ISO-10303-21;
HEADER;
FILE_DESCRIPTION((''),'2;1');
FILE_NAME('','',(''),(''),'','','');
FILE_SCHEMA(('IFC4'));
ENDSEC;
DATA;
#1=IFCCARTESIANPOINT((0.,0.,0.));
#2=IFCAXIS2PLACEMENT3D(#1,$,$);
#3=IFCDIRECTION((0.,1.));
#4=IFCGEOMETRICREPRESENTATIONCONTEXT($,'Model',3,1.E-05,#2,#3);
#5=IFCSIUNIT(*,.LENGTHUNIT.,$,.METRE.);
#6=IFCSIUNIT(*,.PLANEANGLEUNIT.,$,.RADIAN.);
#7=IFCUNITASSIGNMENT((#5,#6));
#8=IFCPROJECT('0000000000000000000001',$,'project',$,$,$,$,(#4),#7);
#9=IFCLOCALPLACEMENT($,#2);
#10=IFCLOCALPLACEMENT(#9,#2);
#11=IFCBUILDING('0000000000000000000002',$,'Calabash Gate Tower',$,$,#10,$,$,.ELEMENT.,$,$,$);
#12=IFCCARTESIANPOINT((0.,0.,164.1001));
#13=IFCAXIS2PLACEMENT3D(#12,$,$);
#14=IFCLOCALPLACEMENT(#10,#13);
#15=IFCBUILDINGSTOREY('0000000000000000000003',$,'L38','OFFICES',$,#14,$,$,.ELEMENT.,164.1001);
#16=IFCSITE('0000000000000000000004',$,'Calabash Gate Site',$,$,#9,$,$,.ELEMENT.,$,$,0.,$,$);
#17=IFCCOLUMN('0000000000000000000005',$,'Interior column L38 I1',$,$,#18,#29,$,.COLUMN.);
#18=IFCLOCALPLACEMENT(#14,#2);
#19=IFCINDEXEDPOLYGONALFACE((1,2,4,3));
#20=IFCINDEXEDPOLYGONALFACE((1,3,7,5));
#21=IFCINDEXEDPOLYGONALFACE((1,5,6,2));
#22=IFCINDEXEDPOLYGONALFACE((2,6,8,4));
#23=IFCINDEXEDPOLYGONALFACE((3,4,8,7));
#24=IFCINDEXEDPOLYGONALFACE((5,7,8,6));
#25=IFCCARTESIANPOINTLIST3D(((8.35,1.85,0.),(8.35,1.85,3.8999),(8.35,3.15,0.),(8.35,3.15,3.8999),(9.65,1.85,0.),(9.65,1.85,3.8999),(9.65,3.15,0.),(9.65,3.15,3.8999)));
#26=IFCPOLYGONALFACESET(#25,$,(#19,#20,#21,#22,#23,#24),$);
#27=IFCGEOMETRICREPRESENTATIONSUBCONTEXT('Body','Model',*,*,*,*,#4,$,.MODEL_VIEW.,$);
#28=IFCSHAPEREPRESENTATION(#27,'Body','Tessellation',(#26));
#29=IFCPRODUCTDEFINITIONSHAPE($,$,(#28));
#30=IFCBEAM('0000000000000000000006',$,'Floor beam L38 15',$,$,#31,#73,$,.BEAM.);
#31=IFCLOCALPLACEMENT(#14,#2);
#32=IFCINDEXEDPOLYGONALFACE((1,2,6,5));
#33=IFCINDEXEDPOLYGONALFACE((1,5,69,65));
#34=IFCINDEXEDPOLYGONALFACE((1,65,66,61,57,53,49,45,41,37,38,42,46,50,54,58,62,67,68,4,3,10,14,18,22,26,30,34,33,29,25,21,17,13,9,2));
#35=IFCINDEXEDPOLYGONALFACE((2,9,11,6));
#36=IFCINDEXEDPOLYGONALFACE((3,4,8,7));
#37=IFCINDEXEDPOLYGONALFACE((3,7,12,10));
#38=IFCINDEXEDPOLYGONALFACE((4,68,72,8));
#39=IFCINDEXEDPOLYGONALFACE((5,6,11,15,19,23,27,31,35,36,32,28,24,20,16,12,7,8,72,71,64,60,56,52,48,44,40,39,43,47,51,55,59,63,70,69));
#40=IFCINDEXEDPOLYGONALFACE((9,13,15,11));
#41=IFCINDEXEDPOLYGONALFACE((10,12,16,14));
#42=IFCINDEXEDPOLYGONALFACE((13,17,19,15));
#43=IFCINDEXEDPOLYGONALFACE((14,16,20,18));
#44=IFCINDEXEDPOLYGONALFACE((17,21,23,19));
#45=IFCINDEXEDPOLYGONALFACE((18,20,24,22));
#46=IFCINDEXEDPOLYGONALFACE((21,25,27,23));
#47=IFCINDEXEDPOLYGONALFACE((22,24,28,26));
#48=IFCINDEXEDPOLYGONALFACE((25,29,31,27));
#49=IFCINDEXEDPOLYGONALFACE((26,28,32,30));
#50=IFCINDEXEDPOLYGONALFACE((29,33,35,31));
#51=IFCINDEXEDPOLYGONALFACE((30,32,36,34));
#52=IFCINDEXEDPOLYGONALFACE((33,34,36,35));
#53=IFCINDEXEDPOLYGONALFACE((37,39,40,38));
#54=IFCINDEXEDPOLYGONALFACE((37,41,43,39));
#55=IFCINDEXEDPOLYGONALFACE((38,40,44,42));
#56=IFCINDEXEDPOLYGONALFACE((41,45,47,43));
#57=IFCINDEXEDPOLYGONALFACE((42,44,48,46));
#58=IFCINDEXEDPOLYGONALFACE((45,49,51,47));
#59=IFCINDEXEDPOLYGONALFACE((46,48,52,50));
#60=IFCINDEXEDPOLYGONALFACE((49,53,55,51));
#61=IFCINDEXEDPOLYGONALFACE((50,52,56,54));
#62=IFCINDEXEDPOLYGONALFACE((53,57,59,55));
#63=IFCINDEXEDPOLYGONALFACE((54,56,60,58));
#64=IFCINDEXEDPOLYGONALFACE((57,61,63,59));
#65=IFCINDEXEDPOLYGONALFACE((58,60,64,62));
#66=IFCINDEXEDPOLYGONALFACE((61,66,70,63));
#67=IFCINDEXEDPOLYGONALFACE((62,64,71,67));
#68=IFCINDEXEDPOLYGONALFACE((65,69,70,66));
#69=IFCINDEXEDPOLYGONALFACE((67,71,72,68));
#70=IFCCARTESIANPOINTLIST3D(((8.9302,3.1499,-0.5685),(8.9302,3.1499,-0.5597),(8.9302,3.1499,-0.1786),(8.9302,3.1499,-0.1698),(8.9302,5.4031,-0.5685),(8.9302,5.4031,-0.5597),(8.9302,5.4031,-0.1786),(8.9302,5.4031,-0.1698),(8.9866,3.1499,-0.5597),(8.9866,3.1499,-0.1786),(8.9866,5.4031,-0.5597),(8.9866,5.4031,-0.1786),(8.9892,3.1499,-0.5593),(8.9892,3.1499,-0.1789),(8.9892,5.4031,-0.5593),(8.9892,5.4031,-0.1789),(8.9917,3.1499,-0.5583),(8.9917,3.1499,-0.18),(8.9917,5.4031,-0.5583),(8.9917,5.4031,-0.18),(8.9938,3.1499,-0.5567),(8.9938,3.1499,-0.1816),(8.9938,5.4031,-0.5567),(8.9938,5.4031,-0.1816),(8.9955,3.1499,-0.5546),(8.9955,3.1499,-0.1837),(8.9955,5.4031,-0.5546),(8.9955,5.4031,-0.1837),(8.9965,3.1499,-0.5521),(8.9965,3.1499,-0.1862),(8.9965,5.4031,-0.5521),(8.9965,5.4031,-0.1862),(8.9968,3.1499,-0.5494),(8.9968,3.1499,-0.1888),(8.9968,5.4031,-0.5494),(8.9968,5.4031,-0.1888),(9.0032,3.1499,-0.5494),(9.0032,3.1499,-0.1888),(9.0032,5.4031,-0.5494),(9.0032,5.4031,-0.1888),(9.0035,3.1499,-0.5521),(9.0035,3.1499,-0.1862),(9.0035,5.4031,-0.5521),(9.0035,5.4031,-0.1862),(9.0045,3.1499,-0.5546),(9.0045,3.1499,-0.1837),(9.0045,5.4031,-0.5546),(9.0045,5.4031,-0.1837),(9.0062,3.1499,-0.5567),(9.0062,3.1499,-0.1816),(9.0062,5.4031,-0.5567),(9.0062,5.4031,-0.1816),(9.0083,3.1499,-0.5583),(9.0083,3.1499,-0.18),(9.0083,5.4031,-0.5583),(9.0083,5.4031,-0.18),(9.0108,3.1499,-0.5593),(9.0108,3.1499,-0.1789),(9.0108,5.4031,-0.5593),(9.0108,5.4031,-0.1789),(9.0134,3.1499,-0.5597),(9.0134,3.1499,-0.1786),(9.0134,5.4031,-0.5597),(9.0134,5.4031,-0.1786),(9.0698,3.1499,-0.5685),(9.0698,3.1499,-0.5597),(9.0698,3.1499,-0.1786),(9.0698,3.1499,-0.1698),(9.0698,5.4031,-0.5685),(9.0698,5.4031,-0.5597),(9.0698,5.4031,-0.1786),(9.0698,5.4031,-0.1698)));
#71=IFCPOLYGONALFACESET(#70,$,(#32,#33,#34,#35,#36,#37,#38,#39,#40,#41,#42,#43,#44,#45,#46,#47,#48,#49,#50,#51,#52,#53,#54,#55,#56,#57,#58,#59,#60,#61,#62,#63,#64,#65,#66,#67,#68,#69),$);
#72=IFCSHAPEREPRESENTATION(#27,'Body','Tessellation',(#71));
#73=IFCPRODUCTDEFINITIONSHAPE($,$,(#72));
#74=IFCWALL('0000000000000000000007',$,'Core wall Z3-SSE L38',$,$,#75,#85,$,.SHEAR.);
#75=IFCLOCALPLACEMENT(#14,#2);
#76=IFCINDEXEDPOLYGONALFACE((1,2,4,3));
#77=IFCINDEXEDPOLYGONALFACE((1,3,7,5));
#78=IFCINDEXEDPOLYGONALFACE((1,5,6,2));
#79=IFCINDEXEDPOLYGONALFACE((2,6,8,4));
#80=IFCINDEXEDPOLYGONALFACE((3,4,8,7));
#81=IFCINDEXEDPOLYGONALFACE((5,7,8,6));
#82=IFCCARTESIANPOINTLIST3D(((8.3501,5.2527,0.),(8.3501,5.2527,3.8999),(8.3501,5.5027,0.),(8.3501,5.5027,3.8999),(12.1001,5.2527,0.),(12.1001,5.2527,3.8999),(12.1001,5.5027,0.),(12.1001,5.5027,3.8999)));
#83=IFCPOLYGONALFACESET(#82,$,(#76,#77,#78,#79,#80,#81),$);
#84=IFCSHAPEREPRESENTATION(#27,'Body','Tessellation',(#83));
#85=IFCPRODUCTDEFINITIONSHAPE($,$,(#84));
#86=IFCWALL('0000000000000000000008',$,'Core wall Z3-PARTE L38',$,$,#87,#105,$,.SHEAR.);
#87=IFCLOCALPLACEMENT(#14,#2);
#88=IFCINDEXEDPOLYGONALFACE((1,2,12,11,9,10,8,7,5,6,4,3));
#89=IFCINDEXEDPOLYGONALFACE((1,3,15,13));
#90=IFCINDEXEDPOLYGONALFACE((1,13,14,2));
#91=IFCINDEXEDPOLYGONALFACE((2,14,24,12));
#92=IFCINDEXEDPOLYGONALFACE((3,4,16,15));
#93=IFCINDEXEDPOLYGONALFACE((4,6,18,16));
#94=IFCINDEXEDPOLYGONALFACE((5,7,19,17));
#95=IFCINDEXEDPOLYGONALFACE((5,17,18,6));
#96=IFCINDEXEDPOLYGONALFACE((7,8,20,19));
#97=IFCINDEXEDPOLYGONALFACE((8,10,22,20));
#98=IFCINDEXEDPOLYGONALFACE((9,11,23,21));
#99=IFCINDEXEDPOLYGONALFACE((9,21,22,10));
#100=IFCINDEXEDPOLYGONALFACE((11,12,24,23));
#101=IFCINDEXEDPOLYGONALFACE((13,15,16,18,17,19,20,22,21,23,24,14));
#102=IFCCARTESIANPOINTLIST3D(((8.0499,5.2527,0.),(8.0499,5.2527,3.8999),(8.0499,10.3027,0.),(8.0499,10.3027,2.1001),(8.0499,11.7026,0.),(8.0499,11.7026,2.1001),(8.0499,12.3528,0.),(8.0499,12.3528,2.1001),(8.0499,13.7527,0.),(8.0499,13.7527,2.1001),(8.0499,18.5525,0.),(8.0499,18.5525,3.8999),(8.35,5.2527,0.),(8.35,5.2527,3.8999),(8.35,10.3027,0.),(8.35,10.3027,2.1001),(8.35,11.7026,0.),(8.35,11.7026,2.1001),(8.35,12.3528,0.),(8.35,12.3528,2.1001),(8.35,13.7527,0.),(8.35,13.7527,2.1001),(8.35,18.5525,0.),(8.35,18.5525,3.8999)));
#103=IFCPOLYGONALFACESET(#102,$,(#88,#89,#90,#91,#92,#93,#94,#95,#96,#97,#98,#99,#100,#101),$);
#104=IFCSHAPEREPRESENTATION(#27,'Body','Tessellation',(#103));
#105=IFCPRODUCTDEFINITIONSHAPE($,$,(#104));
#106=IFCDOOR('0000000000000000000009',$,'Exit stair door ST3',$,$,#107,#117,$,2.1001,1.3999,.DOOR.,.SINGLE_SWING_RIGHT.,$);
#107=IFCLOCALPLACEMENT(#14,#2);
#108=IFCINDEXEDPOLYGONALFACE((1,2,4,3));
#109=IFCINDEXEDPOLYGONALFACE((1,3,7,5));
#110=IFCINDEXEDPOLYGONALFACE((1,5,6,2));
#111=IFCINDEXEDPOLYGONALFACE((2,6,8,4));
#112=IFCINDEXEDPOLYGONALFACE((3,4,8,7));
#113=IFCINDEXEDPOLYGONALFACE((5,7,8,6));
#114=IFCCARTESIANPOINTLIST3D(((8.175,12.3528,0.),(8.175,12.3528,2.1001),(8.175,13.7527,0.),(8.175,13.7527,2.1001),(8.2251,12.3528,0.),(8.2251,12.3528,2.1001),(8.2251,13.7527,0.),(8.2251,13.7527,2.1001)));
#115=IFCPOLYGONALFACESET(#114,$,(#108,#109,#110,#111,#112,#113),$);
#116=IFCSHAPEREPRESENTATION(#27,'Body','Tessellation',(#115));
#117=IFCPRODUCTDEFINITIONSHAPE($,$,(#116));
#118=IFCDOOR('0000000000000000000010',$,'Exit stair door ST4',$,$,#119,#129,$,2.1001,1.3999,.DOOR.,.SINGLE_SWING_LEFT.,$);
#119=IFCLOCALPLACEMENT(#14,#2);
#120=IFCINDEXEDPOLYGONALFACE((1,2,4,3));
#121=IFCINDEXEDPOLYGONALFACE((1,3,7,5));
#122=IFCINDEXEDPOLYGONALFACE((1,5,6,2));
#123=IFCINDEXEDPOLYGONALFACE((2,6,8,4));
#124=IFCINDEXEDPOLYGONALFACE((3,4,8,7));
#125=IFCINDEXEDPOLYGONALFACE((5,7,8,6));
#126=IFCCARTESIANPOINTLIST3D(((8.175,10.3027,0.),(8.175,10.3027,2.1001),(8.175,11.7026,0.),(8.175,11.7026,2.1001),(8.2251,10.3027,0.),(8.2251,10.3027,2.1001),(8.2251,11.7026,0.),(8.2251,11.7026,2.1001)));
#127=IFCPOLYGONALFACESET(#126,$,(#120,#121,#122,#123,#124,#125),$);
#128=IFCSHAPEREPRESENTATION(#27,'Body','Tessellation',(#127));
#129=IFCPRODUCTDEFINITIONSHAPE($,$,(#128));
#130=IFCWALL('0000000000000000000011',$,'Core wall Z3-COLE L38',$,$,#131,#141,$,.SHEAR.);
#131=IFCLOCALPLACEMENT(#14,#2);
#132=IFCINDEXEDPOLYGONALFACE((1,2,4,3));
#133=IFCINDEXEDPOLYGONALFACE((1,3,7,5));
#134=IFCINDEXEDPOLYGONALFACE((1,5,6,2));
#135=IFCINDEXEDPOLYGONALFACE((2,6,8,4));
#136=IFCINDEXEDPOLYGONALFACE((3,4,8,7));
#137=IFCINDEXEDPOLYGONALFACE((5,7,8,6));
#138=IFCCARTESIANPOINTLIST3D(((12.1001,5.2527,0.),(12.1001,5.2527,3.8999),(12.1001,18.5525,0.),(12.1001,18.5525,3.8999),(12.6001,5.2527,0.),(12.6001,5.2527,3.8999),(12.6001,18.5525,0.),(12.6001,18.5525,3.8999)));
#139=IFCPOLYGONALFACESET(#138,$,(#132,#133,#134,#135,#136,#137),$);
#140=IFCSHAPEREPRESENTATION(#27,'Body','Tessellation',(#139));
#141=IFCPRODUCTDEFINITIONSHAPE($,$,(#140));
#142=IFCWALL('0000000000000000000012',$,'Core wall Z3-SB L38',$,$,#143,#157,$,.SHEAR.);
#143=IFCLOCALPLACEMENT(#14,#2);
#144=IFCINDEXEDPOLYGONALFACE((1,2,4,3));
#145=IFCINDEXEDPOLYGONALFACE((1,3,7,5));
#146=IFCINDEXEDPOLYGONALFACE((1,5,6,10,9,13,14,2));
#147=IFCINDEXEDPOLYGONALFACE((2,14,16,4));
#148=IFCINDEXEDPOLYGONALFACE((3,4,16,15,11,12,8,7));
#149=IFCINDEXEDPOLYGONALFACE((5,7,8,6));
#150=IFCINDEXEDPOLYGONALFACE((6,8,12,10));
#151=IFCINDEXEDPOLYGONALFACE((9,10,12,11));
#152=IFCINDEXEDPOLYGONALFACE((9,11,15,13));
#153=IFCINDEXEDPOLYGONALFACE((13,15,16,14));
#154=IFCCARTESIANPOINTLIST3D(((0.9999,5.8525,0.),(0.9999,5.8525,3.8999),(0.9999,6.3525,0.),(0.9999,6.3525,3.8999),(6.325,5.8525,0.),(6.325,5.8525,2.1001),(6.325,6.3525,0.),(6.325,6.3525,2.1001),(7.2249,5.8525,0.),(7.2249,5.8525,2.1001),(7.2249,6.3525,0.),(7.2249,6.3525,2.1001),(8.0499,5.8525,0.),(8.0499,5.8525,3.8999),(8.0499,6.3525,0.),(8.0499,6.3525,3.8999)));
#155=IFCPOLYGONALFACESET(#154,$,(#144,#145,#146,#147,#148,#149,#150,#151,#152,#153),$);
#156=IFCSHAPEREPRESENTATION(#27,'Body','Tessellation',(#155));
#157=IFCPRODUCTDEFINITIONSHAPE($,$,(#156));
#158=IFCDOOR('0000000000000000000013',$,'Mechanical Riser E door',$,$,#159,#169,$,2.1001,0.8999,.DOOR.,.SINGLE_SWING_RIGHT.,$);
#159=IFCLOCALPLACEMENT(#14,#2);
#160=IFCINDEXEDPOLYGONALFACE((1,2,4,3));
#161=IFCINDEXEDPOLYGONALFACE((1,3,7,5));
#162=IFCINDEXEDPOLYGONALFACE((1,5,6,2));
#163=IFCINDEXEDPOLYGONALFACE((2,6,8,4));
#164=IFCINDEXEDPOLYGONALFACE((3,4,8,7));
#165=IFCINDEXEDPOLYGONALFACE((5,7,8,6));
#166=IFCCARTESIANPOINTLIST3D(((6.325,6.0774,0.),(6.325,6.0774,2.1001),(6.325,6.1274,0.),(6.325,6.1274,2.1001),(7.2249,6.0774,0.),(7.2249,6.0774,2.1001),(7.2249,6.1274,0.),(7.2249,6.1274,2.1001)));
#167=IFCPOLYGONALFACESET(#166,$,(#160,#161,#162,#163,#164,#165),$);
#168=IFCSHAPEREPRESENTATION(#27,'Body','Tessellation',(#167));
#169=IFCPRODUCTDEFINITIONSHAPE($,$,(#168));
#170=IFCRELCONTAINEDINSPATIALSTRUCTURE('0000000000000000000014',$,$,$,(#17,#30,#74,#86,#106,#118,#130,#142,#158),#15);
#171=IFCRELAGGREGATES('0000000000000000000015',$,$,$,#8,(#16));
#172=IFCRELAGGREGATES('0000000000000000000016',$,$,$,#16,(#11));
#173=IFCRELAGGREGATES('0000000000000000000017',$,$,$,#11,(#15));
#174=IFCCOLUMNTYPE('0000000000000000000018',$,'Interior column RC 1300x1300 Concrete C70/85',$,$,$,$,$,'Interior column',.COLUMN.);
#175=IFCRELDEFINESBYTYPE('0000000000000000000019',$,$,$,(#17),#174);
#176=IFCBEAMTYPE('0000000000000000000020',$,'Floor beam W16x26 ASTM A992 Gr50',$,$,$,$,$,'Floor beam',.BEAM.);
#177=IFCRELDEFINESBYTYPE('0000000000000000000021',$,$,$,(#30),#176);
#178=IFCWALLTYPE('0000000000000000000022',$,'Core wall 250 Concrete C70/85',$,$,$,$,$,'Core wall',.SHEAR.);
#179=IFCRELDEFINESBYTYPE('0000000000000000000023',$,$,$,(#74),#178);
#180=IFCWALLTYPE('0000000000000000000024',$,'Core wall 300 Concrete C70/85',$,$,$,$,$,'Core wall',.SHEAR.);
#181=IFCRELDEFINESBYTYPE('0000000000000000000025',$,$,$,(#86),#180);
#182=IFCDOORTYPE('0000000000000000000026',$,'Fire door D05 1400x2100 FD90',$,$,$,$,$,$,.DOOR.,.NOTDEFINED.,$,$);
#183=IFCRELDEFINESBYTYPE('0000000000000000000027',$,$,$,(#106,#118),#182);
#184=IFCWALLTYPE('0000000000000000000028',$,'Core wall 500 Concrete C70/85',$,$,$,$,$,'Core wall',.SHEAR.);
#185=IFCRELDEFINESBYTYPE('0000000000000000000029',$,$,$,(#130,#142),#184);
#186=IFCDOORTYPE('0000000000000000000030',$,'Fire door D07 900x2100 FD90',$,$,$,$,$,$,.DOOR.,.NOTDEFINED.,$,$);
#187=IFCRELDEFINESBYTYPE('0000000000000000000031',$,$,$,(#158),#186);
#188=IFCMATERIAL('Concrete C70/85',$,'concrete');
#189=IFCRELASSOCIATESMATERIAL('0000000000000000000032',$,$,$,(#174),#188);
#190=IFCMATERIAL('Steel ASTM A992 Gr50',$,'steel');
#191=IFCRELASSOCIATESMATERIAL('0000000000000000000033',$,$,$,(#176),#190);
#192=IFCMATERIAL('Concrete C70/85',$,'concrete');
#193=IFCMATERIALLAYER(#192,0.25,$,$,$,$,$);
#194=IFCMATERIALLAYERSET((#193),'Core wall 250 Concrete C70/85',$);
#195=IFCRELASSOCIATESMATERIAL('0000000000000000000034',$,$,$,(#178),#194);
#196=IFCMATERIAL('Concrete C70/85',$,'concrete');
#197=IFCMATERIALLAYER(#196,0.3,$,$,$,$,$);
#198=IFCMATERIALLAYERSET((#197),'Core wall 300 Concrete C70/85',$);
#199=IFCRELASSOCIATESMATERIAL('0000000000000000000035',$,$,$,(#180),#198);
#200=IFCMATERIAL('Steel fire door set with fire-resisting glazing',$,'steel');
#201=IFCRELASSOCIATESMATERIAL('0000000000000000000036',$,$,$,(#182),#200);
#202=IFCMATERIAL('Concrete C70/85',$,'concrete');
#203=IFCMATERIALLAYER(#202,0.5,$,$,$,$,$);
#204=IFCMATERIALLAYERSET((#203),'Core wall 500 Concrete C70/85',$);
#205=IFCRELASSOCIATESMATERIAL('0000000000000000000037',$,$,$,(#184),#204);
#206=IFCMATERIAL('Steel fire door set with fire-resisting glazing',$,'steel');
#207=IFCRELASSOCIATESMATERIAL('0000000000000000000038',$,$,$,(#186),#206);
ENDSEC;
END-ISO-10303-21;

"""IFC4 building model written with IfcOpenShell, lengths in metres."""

from ifc_helpers import new_model, si_unit, direction, frame, frame_2d, origin, origin_2d, place, context, subcontext, project, spatial, rectangle, i_section, extrude, material, layer, layer_set, material_profile, profile_set, type_object, element, fill, save


model = new_model("IFC4")

# Units and contexts
model_context = context("Model", 3, precision=1e-05, world=origin(), true_north=direction((0.0, 1.0)))
body_context = subcontext(model_context, "Body", "Model", "MODEL_VIEW")
ifc_project = project(units=[si_unit("LENGTHUNIT", "METRE"), si_unit("PLANEANGLEUNIT", "RADIAN")], contexts=[model_context])

# Site, building, storey
site_placement = place(None, origin())
site = spatial("IfcSite", under=ifc_project, at=site_placement, Name="Calabash Gate Site", CompositionType="ELEMENT", RefElevation=0.0)
building_placement = place(site_placement, origin())
building = spatial("IfcBuilding", under=site, at=building_placement, Name="Calabash Gate Tower", CompositionType="ELEMENT")
storey_placement = place(building_placement, frame((0.0, 0.0, 164.1001)))
storey = spatial("IfcBuildingStorey", under=building, at=storey_placement, Name="L38", Description="OFFICES", CompositionType="ELEMENT", Elevation=164.1001)

# Column
ifc_material_1 = material(Name="Concrete C70/85", Category="concrete")
ifc_material_profile_1 = material_profile(ifc_material_1, rectangle(XDim=1.3, YDim=1.3, at=origin_2d()))
ifc_profile_set_1 = profile_set([ifc_material_profile_1], Name="Concrete C70/85")
column_type = type_object("IfcColumnType", Name="Interior column RC 1300x1300 Concrete C70/85", ElementType="Interior column", PredefinedType="COLUMN", material=ifc_profile_set_1)
column_placement = place(storey_placement, frame((9.0, 2.5, 0.0), z_axis=(0.0, 0.0, 1.0), x_axis=(1.0, 0.0, 0.0)))
element("IfcColumn", 1, at=column_placement, inside=storey, type_object=column_type, Name="Interior column L38 I1", PredefinedType="COLUMN", context=body_context, shape_type="SweptSolid", body=[
    extrude(rectangle(XDim=1.3, YDim=1.3, at=origin_2d()), origin(), (0.0, 0.0, 1.0), 3.8999),
])

# Beam
ifc_material_2 = material(Name="Steel ASTM A992 Gr50", Category="steel")
ifc_material_profile_2 = material_profile(ifc_material_2, i_section(OverallWidth=0.1396, OverallDepth=0.3987, WebThickness=0.0063, FlangeThickness=0.0088, FilletRadius=0.0103, at=origin_2d()))
ifc_profile_set_2 = profile_set([ifc_material_profile_2], Name="Steel ASTM A992 Gr50")
beam_type = type_object("IfcBeamType", Name="Floor beam W16x26 ASTM A992 Gr50", ElementType="Floor beam", PredefinedType="BEAM", material=ifc_profile_set_2)
beam_placement = place(storey_placement, frame((9.0, 3.1499, -0.3691), z_axis=(0.0, 1.0, 0.0), x_axis=(-1.0, 0.0, 0.0)))
element("IfcBeam", 2, at=beam_placement, inside=storey, type_object=beam_type, Name="Floor beam L38 15", PredefinedType="BEAM", context=body_context, shape_type="SweptSolid", body=[
    extrude(i_section(OverallWidth=0.1396, OverallDepth=0.3987, WebThickness=0.0063, FlangeThickness=0.0088, FilletRadius=0.0103, at=origin_2d()), origin(), (0.0, 0.0, 1.0), 2.2532),
])

# Wall
ifc_material_3 = material(Name="Concrete C70/85", Category="concrete")
ifc_layer_1 = layer(ifc_material_3, 0.25)
ifc_layer_set_1 = layer_set([ifc_layer_1], Name="Core wall 250 Concrete C70/85")
wall_type_1 = type_object("IfcWallType", Name="Core wall 250 Concrete C70/85", ElementType="Core wall", PredefinedType="SHEAR", material=ifc_layer_set_1)
wall_1_placement = place(storey_placement, frame((8.3501, 5.3777, 0.0), z_axis=(0.0, 0.0, 1.0), x_axis=(1.0, 0.0, 0.0)))
element("IfcWall", 3, at=wall_1_placement, inside=storey, type_object=wall_type_1, Name="Core wall Z3-SSE L38", PredefinedType="SHEAR", context=body_context, shape_type="SweptSolid", body=[
    extrude(rectangle(XDim=3.75, YDim=0.25, at=frame_2d((1.875, 0.0))), origin(), (0.0, 0.0, 1.0), 3.8999),
])

# Wall, openings, doors
ifc_material_4 = material(Name="Concrete C70/85", Category="concrete")
ifc_layer_2 = layer(ifc_material_4, 0.3)
ifc_layer_set_2 = layer_set([ifc_layer_2], Name="Core wall 300 Concrete C70/85")
wall_type_2 = type_object("IfcWallType", Name="Core wall 300 Concrete C70/85", ElementType="Core wall", PredefinedType="SHEAR", material=ifc_layer_set_2)
wall_2_placement = place(storey_placement, frame((8.2, 5.2527, 0.0), z_axis=(0.0, 0.0, 1.0), x_axis=(0.0, 1.0, 0.0)))
wall_2 = element("IfcWall", 4, at=wall_2_placement, inside=storey, type_object=wall_type_2, Name="Core wall Z3-PARTE L38", PredefinedType="SHEAR", context=body_context, shape_type="SweptSolid", body=[
    extrude(rectangle(XDim=13.2998, YDim=0.3, at=frame_2d((6.6499, 0.0))), origin(), (0.0, 0.0, 1.0), 3.8999),
])
opening_1_placement = place(wall_2_placement, frame((7.1001, 0.0, 0.0)))
opening_1 = element("IfcOpeningElement", 5, at=opening_1_placement, cuts=wall_2, PredefinedType="OPENING", context=body_context, shape_type="SweptSolid", body=[
    extrude(rectangle(XDim=1.3999, YDim=2.1001, at=frame_2d((0.7, 1.05))), frame((0.0, 0.1599, 0.0), z_axis=(0.0, -1.0, 0.0), x_axis=(1.0, 0.0, 0.0)), (0.0, 0.0, 1.0), 0.3201),
])
opening_2_placement = place(wall_2_placement, frame((5.05, 0.0, 0.0)))
opening_2 = element("IfcOpeningElement", 6, at=opening_2_placement, cuts=wall_2, PredefinedType="OPENING", context=body_context, shape_type="SweptSolid", body=[
    extrude(rectangle(XDim=1.3999, YDim=2.1001, at=frame_2d((0.7, 1.05))), frame((0.0, 0.1599, 0.0), z_axis=(0.0, -1.0, 0.0), x_axis=(1.0, 0.0, 0.0)), (0.0, 0.0, 1.0), 0.3201),
])
ifc_material_5 = material(Name="Steel fire door set with fire-resisting glazing", Category="steel")
door_type_1 = type_object("IfcDoorType", Name="Fire door D05 1400x2100 FD90", OperationType="NOTDEFINED", PredefinedType="DOOR", material=ifc_material_5)
door_1_placement = place(opening_1_placement, origin())
door_1 = element("IfcDoor", 7, at=door_1_placement, inside=storey, type_object=door_type_1, Name="Exit stair door ST3", OperationType="SINGLE_SWING_RIGHT", OverallHeight=2.1001, OverallWidth=1.3999, PredefinedType="DOOR", context=body_context, shape_type="SweptSolid", body=[
    extrude(rectangle(XDim=1.3999, YDim=2.1001, at=frame_2d((0.7, 1.05))), frame((0.0, 0.0249, 0.0), z_axis=(0.0, -1.0, 0.0), x_axis=(1.0, 0.0, 0.0)), (0.0, 0.0, 1.0), 0.05),
])
fill(opening_1, door_1)
door_2_placement = place(opening_2_placement, origin())
door_2 = element("IfcDoor", 8, at=door_2_placement, inside=storey, type_object=door_type_1, Name="Exit stair door ST4", OperationType="SINGLE_SWING_LEFT", OverallHeight=2.1001, OverallWidth=1.3999, PredefinedType="DOOR", context=body_context, shape_type="SweptSolid", body=[
    extrude(rectangle(XDim=1.3999, YDim=2.1001, at=frame_2d((0.7, 1.05))), frame((0.0, 0.0249, 0.0), z_axis=(0.0, -1.0, 0.0), x_axis=(1.0, 0.0, 0.0)), (0.0, 0.0, 1.0), 0.05),
])
fill(opening_2, door_2)

# Wall
ifc_material_6 = material(Name="Concrete C70/85", Category="concrete")
ifc_layer_3 = layer(ifc_material_6, 0.5)
ifc_layer_set_3 = layer_set([ifc_layer_3], Name="Core wall 500 Concrete C70/85")
wall_type_3 = type_object("IfcWallType", Name="Core wall 500 Concrete C70/85", ElementType="Core wall", PredefinedType="SHEAR", material=ifc_layer_set_3)
wall_3_placement = place(storey_placement, frame((12.3501, 5.2527, 0.0), z_axis=(0.0, 0.0, 1.0), x_axis=(0.0, 1.0, 0.0)))
element("IfcWall", 9, at=wall_3_placement, inside=storey, type_object=wall_type_3, Name="Core wall Z3-COLE L38", PredefinedType="SHEAR", context=body_context, shape_type="SweptSolid", body=[
    extrude(rectangle(XDim=13.2998, YDim=0.5, at=frame_2d((6.6499, 0.0))), origin(), (0.0, 0.0, 1.0), 3.8999),
])

# Wall, opening, door
wall_4_placement = place(storey_placement, frame((1.0, 6.1025, 0.0), z_axis=(0.0, 0.0, 1.0), x_axis=(1.0, 0.0, 0.0)))
wall_4 = element("IfcWall", 10, at=wall_4_placement, inside=storey, type_object=wall_type_3, Name="Core wall Z3-SB L38", PredefinedType="SHEAR", context=body_context, shape_type="SweptSolid", body=[
    extrude(rectangle(XDim=7.05, YDim=0.5, at=frame_2d((3.5249, 0.0))), origin(), (0.0, 0.0, 1.0), 3.8999),
])
opening_3_placement = place(wall_4_placement, frame((5.325, 0.0, 0.0)))
opening_3 = element("IfcOpeningElement", 11, at=opening_3_placement, cuts=wall_4, PredefinedType="OPENING", context=body_context, shape_type="SweptSolid", body=[
    extrude(rectangle(XDim=0.8999, YDim=2.1001, at=frame_2d((0.45, 1.05))), frame((0.0, 0.26, 0.0), z_axis=(0.0, -1.0, 0.0), x_axis=(1.0, 0.0, 0.0)), (0.0, 0.0, 1.0), 0.52),
])
ifc_material_7 = material(Name="Steel fire door set with fire-resisting glazing", Category="steel")
door_type_2 = type_object("IfcDoorType", Name="Fire door D07 900x2100 FD90", OperationType="NOTDEFINED", PredefinedType="DOOR", material=ifc_material_7)
door_3_placement = place(opening_3_placement, origin())
door_3 = element("IfcDoor", 12, at=door_3_placement, inside=storey, type_object=door_type_2, Name="Mechanical Riser E door", OperationType="SINGLE_SWING_RIGHT", OverallHeight=2.1001, OverallWidth=0.8999, PredefinedType="DOOR", context=body_context, shape_type="SweptSolid", body=[
    extrude(rectangle(XDim=0.8999, YDim=2.1001, at=frame_2d((0.45, 1.05))), frame((0.0, 0.0249, 0.0), z_axis=(0.0, -1.0, 0.0), x_axis=(1.0, 0.0, 0.0)), (0.0, 0.0, 1.0), 0.05),
])
fill(opening_3, door_3)

save(model, "model.ifc")
